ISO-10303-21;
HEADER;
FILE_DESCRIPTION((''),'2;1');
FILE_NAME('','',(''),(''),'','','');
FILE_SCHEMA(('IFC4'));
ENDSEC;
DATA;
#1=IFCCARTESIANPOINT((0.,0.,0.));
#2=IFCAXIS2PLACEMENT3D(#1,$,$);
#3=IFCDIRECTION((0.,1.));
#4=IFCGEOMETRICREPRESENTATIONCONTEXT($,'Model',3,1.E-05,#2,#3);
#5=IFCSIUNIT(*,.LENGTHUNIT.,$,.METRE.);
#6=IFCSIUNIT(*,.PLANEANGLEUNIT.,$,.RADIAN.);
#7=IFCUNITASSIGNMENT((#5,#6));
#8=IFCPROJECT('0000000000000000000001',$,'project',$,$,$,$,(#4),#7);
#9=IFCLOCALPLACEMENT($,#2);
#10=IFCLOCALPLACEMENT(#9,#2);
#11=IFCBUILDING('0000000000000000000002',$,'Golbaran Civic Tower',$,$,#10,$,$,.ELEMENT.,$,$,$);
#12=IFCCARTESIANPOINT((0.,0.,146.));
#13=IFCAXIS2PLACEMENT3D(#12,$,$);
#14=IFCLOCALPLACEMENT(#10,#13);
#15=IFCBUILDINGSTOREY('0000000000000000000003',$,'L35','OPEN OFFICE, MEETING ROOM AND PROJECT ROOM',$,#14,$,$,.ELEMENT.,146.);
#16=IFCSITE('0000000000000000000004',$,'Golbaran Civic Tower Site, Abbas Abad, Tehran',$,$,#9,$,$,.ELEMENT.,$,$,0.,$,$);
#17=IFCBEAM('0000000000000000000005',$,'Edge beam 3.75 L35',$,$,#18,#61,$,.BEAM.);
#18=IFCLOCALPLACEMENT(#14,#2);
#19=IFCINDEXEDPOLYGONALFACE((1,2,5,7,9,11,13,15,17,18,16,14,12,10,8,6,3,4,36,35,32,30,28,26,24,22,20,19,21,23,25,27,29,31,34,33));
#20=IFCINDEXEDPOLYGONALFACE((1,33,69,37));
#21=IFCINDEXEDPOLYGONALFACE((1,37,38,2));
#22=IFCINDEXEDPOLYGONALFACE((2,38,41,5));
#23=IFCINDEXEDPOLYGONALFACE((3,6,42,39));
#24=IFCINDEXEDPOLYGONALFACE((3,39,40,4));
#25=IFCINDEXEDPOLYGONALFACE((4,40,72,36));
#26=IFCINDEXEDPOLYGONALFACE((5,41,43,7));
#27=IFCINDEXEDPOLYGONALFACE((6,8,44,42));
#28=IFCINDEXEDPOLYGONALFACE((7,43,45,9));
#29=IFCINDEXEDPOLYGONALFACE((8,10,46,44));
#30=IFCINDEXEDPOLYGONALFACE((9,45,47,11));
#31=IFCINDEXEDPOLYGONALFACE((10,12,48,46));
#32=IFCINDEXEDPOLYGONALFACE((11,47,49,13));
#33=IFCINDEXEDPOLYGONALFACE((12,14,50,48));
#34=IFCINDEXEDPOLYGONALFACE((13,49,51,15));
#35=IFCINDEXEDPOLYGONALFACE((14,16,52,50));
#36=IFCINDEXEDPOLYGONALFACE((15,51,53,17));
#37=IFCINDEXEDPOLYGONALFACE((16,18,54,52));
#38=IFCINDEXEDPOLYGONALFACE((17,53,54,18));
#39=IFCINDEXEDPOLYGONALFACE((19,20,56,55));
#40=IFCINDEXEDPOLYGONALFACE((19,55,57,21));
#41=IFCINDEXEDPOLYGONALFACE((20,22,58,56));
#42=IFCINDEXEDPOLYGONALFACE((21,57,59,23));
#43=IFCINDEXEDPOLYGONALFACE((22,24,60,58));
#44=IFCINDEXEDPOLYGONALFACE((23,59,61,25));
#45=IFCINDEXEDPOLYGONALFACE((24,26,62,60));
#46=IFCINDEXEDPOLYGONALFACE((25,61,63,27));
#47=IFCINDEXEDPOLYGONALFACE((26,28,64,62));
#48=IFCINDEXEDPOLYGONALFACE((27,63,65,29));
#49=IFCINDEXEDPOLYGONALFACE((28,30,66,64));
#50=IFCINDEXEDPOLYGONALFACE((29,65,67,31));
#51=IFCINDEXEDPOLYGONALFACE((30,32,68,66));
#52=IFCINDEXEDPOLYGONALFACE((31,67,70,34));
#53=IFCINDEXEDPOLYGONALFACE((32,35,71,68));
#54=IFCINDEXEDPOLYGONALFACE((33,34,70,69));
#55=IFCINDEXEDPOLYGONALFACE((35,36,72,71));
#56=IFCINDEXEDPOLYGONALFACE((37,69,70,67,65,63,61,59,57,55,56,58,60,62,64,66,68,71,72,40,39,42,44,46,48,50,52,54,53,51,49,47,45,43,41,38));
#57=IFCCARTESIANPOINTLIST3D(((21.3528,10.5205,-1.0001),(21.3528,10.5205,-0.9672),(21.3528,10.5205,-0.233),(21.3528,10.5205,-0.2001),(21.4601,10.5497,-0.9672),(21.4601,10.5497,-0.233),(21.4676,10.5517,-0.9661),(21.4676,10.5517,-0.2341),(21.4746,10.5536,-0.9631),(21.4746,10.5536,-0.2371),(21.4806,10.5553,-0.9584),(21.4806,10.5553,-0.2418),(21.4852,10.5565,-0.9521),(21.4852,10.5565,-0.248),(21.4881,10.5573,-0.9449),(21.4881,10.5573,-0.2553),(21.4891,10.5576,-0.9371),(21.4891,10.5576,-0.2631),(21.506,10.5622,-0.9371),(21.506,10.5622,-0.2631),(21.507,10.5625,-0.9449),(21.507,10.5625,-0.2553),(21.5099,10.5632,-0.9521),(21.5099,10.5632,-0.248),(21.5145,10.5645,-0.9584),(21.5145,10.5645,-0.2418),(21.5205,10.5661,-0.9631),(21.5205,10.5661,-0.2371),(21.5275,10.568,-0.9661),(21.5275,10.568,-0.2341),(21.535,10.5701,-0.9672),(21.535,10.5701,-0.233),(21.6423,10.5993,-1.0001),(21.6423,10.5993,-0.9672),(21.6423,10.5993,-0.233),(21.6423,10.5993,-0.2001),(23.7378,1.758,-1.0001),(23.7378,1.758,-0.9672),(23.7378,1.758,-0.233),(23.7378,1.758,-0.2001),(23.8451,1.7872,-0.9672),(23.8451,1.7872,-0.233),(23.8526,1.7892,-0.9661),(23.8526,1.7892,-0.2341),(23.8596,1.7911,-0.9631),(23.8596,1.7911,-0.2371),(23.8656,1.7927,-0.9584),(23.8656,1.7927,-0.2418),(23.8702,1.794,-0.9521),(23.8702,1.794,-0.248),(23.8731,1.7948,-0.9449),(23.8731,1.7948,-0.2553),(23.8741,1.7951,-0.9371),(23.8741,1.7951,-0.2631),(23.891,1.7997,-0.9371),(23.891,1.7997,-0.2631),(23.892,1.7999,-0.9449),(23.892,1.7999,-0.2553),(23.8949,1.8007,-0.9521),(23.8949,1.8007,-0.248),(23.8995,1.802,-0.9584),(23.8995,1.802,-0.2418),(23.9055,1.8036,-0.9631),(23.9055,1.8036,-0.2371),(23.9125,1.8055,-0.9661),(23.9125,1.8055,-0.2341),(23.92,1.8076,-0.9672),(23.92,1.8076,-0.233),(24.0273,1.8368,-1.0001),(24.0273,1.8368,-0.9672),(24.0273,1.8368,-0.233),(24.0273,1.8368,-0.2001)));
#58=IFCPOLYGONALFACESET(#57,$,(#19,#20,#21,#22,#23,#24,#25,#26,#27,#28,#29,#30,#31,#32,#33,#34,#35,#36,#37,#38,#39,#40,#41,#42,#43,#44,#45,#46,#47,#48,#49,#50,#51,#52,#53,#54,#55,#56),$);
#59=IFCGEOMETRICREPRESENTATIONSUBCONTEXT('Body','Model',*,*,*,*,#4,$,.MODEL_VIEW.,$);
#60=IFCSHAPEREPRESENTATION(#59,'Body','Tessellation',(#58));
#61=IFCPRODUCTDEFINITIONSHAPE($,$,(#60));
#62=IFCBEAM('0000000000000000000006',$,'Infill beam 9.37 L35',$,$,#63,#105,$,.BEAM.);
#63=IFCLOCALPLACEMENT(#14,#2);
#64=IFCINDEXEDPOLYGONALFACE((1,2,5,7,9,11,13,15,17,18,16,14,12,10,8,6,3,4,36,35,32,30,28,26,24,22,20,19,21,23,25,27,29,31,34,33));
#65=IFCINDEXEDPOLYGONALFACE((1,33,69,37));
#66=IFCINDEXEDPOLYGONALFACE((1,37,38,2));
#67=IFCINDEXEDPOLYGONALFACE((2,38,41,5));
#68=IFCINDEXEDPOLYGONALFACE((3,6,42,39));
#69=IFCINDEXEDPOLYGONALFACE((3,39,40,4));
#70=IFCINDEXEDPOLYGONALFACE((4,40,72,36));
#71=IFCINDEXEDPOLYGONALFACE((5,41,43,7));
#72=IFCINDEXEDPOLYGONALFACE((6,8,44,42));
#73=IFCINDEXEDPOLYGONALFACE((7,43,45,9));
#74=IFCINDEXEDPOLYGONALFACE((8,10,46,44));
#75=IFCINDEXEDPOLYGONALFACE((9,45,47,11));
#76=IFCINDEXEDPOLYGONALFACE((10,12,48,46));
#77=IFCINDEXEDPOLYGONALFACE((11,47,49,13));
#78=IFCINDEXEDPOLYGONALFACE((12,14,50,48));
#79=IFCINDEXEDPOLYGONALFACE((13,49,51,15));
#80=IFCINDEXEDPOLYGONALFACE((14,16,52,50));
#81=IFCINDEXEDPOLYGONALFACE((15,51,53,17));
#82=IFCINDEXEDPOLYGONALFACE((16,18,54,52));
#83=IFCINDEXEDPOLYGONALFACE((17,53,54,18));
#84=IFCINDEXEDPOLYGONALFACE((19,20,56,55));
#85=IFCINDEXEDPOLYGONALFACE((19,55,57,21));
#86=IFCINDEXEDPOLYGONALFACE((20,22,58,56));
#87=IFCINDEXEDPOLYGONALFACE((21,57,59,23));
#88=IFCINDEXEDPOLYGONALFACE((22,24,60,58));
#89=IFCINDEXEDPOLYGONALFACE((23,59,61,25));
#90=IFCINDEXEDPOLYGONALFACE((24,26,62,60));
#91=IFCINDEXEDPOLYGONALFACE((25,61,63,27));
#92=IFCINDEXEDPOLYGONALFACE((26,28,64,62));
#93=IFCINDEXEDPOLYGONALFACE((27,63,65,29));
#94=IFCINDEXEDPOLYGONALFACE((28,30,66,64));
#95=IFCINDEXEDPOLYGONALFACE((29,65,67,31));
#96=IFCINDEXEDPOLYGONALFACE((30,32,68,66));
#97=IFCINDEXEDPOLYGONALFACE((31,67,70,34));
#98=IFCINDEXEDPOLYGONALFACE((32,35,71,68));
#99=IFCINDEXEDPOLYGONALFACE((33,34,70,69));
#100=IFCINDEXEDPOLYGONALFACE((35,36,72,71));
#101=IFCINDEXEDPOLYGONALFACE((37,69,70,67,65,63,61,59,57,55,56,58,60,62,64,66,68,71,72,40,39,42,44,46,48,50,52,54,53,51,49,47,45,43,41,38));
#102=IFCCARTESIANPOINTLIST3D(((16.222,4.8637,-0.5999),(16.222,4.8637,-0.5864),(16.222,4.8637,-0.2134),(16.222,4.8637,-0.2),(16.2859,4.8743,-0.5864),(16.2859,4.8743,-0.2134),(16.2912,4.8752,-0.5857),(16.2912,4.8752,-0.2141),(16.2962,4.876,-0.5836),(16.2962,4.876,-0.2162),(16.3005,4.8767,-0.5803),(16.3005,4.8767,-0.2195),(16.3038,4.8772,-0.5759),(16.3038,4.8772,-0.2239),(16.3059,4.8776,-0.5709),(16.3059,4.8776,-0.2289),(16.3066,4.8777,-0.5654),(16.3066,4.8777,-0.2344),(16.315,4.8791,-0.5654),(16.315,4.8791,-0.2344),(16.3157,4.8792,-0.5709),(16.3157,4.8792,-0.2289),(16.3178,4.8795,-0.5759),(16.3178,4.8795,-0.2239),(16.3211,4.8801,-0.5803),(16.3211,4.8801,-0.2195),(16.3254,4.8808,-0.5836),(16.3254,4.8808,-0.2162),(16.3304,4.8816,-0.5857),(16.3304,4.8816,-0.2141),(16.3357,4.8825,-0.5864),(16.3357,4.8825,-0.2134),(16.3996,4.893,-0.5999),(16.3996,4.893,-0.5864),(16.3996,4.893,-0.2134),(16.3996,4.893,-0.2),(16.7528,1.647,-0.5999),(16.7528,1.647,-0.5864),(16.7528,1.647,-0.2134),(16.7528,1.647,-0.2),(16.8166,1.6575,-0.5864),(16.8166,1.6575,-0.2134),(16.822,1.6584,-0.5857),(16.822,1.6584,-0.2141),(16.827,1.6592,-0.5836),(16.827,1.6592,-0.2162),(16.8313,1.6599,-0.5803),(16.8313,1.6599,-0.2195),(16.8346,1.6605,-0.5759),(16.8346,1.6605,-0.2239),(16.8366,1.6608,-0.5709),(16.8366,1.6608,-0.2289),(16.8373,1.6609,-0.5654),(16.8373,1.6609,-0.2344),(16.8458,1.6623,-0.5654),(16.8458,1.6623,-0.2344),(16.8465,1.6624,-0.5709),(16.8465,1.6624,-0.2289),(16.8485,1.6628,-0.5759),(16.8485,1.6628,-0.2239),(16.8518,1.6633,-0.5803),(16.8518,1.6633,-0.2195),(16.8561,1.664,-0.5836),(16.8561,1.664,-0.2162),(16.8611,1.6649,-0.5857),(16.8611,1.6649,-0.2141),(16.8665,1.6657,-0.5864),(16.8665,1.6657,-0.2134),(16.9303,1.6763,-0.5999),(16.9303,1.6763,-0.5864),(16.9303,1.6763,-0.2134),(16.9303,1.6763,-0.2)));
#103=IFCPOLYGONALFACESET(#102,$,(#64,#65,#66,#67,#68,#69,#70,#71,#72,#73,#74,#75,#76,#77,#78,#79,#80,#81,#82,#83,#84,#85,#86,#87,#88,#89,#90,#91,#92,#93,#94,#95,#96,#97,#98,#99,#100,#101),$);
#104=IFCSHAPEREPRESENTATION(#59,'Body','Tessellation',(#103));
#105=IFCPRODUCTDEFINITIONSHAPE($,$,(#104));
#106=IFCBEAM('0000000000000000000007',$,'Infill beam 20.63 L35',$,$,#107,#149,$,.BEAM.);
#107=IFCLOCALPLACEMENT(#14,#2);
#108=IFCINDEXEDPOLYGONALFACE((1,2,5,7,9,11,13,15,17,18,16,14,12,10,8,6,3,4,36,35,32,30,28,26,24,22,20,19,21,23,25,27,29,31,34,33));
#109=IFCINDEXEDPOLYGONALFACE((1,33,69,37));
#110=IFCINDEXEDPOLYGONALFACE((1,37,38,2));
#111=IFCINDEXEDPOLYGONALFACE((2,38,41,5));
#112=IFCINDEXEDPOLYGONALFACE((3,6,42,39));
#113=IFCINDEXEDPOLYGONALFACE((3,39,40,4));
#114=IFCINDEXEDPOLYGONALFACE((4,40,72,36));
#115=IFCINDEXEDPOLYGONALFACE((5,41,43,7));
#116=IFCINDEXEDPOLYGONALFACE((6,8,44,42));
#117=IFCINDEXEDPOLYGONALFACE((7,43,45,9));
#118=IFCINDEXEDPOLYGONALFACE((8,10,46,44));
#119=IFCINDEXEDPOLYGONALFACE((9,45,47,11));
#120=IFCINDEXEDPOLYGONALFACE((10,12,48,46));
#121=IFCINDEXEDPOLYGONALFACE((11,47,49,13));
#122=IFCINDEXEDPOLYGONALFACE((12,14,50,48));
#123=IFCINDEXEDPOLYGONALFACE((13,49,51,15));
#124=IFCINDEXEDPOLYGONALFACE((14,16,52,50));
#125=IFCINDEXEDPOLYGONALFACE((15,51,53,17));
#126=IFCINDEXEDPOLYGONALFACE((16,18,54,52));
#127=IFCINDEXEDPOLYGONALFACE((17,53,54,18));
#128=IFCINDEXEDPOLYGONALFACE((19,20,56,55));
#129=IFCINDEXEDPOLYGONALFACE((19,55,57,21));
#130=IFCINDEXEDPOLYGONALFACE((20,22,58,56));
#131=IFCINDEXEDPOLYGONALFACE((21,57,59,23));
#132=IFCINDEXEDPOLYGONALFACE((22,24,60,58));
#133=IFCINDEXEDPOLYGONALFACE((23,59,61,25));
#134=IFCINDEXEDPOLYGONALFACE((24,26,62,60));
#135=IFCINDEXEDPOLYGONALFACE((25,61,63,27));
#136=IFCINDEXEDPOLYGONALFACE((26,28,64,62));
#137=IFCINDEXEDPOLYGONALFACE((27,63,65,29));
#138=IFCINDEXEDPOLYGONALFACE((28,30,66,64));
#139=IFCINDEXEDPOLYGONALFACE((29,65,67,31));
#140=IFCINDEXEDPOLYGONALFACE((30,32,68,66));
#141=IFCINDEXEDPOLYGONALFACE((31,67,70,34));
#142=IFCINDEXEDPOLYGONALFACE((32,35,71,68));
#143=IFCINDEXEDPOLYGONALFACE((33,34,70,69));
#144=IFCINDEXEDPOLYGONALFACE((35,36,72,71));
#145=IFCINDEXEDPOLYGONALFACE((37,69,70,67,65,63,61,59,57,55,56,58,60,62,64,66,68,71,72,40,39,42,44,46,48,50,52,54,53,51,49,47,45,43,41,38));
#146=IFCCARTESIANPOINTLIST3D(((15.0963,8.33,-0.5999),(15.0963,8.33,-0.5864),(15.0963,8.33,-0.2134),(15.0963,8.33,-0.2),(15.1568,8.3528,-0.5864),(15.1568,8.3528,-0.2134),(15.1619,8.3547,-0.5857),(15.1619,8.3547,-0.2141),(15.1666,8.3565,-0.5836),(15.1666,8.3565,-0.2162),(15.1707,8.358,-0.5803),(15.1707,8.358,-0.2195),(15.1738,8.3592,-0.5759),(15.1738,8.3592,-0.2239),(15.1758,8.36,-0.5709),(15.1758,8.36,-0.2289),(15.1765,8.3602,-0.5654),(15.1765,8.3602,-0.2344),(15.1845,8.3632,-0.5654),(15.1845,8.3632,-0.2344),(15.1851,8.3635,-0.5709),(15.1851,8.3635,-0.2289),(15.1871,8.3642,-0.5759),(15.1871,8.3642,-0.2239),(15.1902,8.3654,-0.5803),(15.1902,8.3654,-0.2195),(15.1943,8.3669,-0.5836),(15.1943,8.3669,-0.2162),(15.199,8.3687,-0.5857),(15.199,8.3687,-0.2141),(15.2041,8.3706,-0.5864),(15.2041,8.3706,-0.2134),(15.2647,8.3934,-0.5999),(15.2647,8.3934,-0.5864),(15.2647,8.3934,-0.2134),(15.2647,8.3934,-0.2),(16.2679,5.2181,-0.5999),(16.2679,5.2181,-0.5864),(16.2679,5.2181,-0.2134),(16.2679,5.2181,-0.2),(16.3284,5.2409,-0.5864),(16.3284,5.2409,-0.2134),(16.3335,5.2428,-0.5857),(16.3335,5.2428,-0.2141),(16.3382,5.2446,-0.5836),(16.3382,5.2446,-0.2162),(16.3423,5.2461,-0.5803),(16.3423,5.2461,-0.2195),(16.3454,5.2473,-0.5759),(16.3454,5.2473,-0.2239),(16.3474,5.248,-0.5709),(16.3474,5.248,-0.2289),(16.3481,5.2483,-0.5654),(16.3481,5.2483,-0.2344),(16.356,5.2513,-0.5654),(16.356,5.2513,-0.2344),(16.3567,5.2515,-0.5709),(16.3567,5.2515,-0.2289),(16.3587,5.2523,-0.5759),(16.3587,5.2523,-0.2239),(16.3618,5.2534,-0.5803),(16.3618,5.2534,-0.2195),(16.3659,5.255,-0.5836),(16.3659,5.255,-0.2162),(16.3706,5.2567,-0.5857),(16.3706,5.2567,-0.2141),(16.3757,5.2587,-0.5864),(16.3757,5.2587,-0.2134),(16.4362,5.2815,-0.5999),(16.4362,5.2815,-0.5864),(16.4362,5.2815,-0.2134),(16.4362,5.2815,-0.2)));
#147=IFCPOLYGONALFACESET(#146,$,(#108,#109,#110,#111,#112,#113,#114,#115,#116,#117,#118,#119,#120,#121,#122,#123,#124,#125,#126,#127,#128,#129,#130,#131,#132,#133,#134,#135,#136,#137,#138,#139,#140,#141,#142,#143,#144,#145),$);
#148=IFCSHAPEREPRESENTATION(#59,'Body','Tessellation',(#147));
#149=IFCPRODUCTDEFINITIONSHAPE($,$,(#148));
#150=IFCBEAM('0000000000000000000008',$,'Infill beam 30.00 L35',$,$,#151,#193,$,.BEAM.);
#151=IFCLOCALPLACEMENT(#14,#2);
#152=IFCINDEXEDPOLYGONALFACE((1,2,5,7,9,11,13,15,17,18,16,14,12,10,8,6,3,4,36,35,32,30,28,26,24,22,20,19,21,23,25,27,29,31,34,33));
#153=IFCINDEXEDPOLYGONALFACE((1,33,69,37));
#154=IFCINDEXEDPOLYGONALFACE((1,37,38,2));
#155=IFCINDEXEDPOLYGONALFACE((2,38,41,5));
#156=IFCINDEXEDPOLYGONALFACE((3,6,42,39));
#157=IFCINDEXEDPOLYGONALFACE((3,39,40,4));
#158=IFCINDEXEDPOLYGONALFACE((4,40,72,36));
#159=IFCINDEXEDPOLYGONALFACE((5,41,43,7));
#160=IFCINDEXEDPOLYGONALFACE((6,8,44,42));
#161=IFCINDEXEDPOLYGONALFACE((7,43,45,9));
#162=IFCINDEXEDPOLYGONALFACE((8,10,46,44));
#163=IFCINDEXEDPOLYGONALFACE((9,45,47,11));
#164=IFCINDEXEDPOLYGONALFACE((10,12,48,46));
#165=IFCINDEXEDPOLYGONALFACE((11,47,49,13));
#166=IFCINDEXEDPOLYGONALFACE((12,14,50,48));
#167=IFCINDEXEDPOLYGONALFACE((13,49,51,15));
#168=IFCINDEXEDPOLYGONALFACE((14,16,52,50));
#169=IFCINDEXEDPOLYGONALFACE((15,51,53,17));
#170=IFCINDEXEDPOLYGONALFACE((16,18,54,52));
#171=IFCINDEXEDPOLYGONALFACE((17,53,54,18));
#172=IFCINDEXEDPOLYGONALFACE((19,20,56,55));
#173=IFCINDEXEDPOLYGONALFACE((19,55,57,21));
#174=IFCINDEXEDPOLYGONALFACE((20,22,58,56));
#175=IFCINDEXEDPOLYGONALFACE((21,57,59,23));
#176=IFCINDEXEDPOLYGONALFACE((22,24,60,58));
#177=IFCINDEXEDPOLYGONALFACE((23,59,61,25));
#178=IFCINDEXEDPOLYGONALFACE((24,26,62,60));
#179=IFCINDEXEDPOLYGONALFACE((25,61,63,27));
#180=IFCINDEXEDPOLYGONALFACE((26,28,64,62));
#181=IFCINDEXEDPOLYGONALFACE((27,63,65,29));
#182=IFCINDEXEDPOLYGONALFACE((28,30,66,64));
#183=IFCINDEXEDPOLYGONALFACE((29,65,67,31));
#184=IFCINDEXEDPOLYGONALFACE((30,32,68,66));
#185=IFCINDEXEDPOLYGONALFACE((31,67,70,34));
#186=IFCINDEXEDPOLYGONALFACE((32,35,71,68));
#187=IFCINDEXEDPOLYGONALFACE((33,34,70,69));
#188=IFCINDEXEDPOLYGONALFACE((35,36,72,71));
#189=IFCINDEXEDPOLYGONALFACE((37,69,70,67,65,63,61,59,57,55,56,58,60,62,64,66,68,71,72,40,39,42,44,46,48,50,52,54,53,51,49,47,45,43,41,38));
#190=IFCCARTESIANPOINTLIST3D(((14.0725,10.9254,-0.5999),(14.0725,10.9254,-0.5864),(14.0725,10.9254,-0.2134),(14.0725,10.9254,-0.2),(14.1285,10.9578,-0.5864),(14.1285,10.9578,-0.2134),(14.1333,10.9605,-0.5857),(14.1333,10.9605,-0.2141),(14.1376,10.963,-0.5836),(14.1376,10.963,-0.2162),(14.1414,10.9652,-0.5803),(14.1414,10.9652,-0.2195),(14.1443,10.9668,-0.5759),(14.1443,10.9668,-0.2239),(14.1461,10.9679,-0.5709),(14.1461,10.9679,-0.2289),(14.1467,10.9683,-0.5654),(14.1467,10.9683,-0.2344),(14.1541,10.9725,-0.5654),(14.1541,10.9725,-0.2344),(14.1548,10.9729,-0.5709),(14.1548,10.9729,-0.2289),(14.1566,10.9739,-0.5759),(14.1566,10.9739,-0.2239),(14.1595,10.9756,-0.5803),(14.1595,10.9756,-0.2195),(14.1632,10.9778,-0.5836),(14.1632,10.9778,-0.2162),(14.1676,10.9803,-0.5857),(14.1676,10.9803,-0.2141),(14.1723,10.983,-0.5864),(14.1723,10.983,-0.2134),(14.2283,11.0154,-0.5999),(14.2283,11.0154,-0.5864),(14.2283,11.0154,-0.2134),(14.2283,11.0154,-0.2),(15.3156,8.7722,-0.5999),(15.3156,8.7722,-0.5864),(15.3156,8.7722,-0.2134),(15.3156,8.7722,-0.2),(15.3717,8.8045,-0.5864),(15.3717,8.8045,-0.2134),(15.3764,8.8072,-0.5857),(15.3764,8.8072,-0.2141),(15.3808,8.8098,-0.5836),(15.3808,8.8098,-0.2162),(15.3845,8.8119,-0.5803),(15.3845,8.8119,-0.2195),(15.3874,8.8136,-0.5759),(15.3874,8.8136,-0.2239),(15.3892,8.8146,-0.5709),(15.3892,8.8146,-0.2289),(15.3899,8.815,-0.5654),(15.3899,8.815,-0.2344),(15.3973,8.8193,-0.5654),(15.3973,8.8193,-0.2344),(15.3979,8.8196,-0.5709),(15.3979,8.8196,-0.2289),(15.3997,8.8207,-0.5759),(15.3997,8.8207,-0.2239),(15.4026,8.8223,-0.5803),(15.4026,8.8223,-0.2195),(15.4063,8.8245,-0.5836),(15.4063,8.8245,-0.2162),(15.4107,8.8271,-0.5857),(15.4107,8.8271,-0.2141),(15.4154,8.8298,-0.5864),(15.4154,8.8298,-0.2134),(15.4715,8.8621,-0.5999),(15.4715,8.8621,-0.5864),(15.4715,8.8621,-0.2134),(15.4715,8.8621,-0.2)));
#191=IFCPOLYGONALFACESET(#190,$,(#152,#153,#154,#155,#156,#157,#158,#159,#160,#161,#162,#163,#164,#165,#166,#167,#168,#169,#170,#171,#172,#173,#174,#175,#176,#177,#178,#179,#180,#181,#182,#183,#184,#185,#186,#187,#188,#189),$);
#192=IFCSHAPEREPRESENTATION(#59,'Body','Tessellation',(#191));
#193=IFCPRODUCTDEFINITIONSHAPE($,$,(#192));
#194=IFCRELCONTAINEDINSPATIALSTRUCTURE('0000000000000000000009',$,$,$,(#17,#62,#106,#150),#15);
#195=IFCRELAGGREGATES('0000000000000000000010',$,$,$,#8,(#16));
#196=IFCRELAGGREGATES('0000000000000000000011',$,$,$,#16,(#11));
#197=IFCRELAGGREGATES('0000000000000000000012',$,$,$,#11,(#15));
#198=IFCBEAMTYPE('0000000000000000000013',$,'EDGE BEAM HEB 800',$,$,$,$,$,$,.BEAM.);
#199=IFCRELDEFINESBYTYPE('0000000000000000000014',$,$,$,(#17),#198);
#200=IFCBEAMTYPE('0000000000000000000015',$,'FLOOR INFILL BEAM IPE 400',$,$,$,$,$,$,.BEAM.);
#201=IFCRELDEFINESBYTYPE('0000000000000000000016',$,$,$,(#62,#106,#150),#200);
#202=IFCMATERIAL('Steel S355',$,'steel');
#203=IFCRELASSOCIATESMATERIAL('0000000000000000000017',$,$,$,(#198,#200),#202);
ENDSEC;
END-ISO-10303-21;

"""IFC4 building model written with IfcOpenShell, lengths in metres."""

from ifc_helpers import new_model, si_unit, direction, frame, origin, origin_2d, place, context, subcontext, project, spatial, i_section, extrude, material, material_profile, profile_set, type_object, element, save


model = new_model("IFC4")

# Units and contexts
model_context = context("Model", 3, precision=1e-05, world=origin(), true_north=direction((0.0, 1.0)))
body_context = subcontext(model_context, "Body", "Model", "MODEL_VIEW")
ifc_project = project(units=[si_unit("LENGTHUNIT", "METRE"), si_unit("PLANEANGLEUNIT", "RADIAN")], contexts=[model_context])

# Site, building, storey
site_placement = place(None, origin())
site = spatial("IfcSite", under=ifc_project, at=site_placement, Name="Golbaran Civic Tower Site, Abbas Abad, Tehran", CompositionType="ELEMENT", RefElevation=0.0)
building_placement = place(site_placement, origin())
building = spatial("IfcBuilding", under=site, at=building_placement, Name="Golbaran Civic Tower", CompositionType="ELEMENT")
storey_placement = place(building_placement, frame((0.0, 0.0, 146.0)))
storey = spatial("IfcBuildingStorey", under=building, at=storey_placement, Name="L35", Description="OPEN OFFICE, MEETING ROOM AND PROJECT ROOM", CompositionType="ELEMENT", Elevation=146.0)

# Beams
ifc_material_1 = material(Name="Steel S355", Category="steel")
ifc_material_profile_1 = material_profile(ifc_material_1, i_section(OverallWidth=0.3, OverallDepth=0.8, WebThickness=0.0176, FlangeThickness=0.033, FilletRadius=0.03, at=origin_2d()), Name="HEB 800")
ifc_profile_set_1 = profile_set([ifc_material_profile_1], Name="Steel S355")
beam_type_1 = type_object("IfcBeamType", Name="EDGE BEAM HEB 800", PredefinedType="BEAM", material=ifc_profile_set_1)
beam_1_placement = place(storey_placement, frame((23.8826, 1.7974, -0.6001), z_axis=(-0.262631, 0.964896, 0.0), x_axis=(-0.964896, -0.262631, 0.0)))
element("IfcBeam", 1, at=beam_1_placement, inside=storey, type_object=beam_type_1, Name="Edge beam 3.75 L35", PredefinedType="BEAM", context=body_context, shape_type="SweptSolid", body=[
    extrude(i_section(OverallWidth=0.3, OverallDepth=0.8, WebThickness=0.0176, FlangeThickness=0.033, FilletRadius=0.03, at=origin_2d()), origin(), (0.0, 0.0, 1.0), 9.0813),
])
ifc_material_profile_2 = material_profile(ifc_material_1, i_section(OverallWidth=0.1799, OverallDepth=0.3999, WebThickness=0.0085, FlangeThickness=0.0134, FilletRadius=0.021, at=origin_2d()), Name="IPE 400")
ifc_profile_set_2 = profile_set([ifc_material_profile_2], Name="Steel S355")
beam_type_2 = type_object("IfcBeamType", Name="FLOOR INFILL BEAM IPE 400", PredefinedType="BEAM", material=ifc_profile_set_2)
beam_2_placement = place(storey_placement, frame((16.8416, 1.6616, -0.3999), z_axis=(-0.162796, 0.98666, 0.0), x_axis=(-0.98666, -0.162796, 0.0)))
element("IfcBeam", 2, at=beam_2_placement, inside=storey, type_object=beam_type_2, Name="Infill beam 9.37 L35", PredefinedType="BEAM", context=body_context, shape_type="SweptSolid", body=[
    extrude(i_section(OverallWidth=0.1799, OverallDepth=0.3999, WebThickness=0.0085, FlangeThickness=0.0134, FilletRadius=0.021, at=origin_2d()), origin(), (0.0, 0.0, 1.0), 3.2603),
])
beam_3_placement = place(storey_placement, frame((16.3521, 5.2498, -0.3999), z_axis=(-0.352338, 0.935873, 0.0), x_axis=(-0.935873, -0.352338, 0.0)))
element("IfcBeam", 3, at=beam_3_placement, inside=storey, type_object=beam_type_2, Name="Infill beam 20.63 L35", PredefinedType="BEAM", context=body_context, shape_type="SweptSolid", body=[
    extrude(i_section(OverallWidth=0.1799, OverallDepth=0.3999, WebThickness=0.0085, FlangeThickness=0.0134, FilletRadius=0.021, at=origin_2d()), origin(), (0.0, 0.0, 1.0), 3.3252),
])
beam_4_placement = place(storey_placement, frame((15.3936, 8.8171, -0.3999), z_axis=(-0.499983, 0.866035, 0.0), x_axis=(-0.866035, -0.499983, 0.0)))
element("IfcBeam", 4, at=beam_4_placement, inside=storey, type_object=beam_type_2, Name="Infill beam 30.00 L35", PredefinedType="BEAM", context=body_context, shape_type="SweptSolid", body=[
    extrude(i_section(OverallWidth=0.1799, OverallDepth=0.3999, WebThickness=0.0085, FlangeThickness=0.0134, FilletRadius=0.021, at=origin_2d()), origin(), (0.0, 0.0, 1.0), 2.4863),
])

save(model, "model.ifc")
